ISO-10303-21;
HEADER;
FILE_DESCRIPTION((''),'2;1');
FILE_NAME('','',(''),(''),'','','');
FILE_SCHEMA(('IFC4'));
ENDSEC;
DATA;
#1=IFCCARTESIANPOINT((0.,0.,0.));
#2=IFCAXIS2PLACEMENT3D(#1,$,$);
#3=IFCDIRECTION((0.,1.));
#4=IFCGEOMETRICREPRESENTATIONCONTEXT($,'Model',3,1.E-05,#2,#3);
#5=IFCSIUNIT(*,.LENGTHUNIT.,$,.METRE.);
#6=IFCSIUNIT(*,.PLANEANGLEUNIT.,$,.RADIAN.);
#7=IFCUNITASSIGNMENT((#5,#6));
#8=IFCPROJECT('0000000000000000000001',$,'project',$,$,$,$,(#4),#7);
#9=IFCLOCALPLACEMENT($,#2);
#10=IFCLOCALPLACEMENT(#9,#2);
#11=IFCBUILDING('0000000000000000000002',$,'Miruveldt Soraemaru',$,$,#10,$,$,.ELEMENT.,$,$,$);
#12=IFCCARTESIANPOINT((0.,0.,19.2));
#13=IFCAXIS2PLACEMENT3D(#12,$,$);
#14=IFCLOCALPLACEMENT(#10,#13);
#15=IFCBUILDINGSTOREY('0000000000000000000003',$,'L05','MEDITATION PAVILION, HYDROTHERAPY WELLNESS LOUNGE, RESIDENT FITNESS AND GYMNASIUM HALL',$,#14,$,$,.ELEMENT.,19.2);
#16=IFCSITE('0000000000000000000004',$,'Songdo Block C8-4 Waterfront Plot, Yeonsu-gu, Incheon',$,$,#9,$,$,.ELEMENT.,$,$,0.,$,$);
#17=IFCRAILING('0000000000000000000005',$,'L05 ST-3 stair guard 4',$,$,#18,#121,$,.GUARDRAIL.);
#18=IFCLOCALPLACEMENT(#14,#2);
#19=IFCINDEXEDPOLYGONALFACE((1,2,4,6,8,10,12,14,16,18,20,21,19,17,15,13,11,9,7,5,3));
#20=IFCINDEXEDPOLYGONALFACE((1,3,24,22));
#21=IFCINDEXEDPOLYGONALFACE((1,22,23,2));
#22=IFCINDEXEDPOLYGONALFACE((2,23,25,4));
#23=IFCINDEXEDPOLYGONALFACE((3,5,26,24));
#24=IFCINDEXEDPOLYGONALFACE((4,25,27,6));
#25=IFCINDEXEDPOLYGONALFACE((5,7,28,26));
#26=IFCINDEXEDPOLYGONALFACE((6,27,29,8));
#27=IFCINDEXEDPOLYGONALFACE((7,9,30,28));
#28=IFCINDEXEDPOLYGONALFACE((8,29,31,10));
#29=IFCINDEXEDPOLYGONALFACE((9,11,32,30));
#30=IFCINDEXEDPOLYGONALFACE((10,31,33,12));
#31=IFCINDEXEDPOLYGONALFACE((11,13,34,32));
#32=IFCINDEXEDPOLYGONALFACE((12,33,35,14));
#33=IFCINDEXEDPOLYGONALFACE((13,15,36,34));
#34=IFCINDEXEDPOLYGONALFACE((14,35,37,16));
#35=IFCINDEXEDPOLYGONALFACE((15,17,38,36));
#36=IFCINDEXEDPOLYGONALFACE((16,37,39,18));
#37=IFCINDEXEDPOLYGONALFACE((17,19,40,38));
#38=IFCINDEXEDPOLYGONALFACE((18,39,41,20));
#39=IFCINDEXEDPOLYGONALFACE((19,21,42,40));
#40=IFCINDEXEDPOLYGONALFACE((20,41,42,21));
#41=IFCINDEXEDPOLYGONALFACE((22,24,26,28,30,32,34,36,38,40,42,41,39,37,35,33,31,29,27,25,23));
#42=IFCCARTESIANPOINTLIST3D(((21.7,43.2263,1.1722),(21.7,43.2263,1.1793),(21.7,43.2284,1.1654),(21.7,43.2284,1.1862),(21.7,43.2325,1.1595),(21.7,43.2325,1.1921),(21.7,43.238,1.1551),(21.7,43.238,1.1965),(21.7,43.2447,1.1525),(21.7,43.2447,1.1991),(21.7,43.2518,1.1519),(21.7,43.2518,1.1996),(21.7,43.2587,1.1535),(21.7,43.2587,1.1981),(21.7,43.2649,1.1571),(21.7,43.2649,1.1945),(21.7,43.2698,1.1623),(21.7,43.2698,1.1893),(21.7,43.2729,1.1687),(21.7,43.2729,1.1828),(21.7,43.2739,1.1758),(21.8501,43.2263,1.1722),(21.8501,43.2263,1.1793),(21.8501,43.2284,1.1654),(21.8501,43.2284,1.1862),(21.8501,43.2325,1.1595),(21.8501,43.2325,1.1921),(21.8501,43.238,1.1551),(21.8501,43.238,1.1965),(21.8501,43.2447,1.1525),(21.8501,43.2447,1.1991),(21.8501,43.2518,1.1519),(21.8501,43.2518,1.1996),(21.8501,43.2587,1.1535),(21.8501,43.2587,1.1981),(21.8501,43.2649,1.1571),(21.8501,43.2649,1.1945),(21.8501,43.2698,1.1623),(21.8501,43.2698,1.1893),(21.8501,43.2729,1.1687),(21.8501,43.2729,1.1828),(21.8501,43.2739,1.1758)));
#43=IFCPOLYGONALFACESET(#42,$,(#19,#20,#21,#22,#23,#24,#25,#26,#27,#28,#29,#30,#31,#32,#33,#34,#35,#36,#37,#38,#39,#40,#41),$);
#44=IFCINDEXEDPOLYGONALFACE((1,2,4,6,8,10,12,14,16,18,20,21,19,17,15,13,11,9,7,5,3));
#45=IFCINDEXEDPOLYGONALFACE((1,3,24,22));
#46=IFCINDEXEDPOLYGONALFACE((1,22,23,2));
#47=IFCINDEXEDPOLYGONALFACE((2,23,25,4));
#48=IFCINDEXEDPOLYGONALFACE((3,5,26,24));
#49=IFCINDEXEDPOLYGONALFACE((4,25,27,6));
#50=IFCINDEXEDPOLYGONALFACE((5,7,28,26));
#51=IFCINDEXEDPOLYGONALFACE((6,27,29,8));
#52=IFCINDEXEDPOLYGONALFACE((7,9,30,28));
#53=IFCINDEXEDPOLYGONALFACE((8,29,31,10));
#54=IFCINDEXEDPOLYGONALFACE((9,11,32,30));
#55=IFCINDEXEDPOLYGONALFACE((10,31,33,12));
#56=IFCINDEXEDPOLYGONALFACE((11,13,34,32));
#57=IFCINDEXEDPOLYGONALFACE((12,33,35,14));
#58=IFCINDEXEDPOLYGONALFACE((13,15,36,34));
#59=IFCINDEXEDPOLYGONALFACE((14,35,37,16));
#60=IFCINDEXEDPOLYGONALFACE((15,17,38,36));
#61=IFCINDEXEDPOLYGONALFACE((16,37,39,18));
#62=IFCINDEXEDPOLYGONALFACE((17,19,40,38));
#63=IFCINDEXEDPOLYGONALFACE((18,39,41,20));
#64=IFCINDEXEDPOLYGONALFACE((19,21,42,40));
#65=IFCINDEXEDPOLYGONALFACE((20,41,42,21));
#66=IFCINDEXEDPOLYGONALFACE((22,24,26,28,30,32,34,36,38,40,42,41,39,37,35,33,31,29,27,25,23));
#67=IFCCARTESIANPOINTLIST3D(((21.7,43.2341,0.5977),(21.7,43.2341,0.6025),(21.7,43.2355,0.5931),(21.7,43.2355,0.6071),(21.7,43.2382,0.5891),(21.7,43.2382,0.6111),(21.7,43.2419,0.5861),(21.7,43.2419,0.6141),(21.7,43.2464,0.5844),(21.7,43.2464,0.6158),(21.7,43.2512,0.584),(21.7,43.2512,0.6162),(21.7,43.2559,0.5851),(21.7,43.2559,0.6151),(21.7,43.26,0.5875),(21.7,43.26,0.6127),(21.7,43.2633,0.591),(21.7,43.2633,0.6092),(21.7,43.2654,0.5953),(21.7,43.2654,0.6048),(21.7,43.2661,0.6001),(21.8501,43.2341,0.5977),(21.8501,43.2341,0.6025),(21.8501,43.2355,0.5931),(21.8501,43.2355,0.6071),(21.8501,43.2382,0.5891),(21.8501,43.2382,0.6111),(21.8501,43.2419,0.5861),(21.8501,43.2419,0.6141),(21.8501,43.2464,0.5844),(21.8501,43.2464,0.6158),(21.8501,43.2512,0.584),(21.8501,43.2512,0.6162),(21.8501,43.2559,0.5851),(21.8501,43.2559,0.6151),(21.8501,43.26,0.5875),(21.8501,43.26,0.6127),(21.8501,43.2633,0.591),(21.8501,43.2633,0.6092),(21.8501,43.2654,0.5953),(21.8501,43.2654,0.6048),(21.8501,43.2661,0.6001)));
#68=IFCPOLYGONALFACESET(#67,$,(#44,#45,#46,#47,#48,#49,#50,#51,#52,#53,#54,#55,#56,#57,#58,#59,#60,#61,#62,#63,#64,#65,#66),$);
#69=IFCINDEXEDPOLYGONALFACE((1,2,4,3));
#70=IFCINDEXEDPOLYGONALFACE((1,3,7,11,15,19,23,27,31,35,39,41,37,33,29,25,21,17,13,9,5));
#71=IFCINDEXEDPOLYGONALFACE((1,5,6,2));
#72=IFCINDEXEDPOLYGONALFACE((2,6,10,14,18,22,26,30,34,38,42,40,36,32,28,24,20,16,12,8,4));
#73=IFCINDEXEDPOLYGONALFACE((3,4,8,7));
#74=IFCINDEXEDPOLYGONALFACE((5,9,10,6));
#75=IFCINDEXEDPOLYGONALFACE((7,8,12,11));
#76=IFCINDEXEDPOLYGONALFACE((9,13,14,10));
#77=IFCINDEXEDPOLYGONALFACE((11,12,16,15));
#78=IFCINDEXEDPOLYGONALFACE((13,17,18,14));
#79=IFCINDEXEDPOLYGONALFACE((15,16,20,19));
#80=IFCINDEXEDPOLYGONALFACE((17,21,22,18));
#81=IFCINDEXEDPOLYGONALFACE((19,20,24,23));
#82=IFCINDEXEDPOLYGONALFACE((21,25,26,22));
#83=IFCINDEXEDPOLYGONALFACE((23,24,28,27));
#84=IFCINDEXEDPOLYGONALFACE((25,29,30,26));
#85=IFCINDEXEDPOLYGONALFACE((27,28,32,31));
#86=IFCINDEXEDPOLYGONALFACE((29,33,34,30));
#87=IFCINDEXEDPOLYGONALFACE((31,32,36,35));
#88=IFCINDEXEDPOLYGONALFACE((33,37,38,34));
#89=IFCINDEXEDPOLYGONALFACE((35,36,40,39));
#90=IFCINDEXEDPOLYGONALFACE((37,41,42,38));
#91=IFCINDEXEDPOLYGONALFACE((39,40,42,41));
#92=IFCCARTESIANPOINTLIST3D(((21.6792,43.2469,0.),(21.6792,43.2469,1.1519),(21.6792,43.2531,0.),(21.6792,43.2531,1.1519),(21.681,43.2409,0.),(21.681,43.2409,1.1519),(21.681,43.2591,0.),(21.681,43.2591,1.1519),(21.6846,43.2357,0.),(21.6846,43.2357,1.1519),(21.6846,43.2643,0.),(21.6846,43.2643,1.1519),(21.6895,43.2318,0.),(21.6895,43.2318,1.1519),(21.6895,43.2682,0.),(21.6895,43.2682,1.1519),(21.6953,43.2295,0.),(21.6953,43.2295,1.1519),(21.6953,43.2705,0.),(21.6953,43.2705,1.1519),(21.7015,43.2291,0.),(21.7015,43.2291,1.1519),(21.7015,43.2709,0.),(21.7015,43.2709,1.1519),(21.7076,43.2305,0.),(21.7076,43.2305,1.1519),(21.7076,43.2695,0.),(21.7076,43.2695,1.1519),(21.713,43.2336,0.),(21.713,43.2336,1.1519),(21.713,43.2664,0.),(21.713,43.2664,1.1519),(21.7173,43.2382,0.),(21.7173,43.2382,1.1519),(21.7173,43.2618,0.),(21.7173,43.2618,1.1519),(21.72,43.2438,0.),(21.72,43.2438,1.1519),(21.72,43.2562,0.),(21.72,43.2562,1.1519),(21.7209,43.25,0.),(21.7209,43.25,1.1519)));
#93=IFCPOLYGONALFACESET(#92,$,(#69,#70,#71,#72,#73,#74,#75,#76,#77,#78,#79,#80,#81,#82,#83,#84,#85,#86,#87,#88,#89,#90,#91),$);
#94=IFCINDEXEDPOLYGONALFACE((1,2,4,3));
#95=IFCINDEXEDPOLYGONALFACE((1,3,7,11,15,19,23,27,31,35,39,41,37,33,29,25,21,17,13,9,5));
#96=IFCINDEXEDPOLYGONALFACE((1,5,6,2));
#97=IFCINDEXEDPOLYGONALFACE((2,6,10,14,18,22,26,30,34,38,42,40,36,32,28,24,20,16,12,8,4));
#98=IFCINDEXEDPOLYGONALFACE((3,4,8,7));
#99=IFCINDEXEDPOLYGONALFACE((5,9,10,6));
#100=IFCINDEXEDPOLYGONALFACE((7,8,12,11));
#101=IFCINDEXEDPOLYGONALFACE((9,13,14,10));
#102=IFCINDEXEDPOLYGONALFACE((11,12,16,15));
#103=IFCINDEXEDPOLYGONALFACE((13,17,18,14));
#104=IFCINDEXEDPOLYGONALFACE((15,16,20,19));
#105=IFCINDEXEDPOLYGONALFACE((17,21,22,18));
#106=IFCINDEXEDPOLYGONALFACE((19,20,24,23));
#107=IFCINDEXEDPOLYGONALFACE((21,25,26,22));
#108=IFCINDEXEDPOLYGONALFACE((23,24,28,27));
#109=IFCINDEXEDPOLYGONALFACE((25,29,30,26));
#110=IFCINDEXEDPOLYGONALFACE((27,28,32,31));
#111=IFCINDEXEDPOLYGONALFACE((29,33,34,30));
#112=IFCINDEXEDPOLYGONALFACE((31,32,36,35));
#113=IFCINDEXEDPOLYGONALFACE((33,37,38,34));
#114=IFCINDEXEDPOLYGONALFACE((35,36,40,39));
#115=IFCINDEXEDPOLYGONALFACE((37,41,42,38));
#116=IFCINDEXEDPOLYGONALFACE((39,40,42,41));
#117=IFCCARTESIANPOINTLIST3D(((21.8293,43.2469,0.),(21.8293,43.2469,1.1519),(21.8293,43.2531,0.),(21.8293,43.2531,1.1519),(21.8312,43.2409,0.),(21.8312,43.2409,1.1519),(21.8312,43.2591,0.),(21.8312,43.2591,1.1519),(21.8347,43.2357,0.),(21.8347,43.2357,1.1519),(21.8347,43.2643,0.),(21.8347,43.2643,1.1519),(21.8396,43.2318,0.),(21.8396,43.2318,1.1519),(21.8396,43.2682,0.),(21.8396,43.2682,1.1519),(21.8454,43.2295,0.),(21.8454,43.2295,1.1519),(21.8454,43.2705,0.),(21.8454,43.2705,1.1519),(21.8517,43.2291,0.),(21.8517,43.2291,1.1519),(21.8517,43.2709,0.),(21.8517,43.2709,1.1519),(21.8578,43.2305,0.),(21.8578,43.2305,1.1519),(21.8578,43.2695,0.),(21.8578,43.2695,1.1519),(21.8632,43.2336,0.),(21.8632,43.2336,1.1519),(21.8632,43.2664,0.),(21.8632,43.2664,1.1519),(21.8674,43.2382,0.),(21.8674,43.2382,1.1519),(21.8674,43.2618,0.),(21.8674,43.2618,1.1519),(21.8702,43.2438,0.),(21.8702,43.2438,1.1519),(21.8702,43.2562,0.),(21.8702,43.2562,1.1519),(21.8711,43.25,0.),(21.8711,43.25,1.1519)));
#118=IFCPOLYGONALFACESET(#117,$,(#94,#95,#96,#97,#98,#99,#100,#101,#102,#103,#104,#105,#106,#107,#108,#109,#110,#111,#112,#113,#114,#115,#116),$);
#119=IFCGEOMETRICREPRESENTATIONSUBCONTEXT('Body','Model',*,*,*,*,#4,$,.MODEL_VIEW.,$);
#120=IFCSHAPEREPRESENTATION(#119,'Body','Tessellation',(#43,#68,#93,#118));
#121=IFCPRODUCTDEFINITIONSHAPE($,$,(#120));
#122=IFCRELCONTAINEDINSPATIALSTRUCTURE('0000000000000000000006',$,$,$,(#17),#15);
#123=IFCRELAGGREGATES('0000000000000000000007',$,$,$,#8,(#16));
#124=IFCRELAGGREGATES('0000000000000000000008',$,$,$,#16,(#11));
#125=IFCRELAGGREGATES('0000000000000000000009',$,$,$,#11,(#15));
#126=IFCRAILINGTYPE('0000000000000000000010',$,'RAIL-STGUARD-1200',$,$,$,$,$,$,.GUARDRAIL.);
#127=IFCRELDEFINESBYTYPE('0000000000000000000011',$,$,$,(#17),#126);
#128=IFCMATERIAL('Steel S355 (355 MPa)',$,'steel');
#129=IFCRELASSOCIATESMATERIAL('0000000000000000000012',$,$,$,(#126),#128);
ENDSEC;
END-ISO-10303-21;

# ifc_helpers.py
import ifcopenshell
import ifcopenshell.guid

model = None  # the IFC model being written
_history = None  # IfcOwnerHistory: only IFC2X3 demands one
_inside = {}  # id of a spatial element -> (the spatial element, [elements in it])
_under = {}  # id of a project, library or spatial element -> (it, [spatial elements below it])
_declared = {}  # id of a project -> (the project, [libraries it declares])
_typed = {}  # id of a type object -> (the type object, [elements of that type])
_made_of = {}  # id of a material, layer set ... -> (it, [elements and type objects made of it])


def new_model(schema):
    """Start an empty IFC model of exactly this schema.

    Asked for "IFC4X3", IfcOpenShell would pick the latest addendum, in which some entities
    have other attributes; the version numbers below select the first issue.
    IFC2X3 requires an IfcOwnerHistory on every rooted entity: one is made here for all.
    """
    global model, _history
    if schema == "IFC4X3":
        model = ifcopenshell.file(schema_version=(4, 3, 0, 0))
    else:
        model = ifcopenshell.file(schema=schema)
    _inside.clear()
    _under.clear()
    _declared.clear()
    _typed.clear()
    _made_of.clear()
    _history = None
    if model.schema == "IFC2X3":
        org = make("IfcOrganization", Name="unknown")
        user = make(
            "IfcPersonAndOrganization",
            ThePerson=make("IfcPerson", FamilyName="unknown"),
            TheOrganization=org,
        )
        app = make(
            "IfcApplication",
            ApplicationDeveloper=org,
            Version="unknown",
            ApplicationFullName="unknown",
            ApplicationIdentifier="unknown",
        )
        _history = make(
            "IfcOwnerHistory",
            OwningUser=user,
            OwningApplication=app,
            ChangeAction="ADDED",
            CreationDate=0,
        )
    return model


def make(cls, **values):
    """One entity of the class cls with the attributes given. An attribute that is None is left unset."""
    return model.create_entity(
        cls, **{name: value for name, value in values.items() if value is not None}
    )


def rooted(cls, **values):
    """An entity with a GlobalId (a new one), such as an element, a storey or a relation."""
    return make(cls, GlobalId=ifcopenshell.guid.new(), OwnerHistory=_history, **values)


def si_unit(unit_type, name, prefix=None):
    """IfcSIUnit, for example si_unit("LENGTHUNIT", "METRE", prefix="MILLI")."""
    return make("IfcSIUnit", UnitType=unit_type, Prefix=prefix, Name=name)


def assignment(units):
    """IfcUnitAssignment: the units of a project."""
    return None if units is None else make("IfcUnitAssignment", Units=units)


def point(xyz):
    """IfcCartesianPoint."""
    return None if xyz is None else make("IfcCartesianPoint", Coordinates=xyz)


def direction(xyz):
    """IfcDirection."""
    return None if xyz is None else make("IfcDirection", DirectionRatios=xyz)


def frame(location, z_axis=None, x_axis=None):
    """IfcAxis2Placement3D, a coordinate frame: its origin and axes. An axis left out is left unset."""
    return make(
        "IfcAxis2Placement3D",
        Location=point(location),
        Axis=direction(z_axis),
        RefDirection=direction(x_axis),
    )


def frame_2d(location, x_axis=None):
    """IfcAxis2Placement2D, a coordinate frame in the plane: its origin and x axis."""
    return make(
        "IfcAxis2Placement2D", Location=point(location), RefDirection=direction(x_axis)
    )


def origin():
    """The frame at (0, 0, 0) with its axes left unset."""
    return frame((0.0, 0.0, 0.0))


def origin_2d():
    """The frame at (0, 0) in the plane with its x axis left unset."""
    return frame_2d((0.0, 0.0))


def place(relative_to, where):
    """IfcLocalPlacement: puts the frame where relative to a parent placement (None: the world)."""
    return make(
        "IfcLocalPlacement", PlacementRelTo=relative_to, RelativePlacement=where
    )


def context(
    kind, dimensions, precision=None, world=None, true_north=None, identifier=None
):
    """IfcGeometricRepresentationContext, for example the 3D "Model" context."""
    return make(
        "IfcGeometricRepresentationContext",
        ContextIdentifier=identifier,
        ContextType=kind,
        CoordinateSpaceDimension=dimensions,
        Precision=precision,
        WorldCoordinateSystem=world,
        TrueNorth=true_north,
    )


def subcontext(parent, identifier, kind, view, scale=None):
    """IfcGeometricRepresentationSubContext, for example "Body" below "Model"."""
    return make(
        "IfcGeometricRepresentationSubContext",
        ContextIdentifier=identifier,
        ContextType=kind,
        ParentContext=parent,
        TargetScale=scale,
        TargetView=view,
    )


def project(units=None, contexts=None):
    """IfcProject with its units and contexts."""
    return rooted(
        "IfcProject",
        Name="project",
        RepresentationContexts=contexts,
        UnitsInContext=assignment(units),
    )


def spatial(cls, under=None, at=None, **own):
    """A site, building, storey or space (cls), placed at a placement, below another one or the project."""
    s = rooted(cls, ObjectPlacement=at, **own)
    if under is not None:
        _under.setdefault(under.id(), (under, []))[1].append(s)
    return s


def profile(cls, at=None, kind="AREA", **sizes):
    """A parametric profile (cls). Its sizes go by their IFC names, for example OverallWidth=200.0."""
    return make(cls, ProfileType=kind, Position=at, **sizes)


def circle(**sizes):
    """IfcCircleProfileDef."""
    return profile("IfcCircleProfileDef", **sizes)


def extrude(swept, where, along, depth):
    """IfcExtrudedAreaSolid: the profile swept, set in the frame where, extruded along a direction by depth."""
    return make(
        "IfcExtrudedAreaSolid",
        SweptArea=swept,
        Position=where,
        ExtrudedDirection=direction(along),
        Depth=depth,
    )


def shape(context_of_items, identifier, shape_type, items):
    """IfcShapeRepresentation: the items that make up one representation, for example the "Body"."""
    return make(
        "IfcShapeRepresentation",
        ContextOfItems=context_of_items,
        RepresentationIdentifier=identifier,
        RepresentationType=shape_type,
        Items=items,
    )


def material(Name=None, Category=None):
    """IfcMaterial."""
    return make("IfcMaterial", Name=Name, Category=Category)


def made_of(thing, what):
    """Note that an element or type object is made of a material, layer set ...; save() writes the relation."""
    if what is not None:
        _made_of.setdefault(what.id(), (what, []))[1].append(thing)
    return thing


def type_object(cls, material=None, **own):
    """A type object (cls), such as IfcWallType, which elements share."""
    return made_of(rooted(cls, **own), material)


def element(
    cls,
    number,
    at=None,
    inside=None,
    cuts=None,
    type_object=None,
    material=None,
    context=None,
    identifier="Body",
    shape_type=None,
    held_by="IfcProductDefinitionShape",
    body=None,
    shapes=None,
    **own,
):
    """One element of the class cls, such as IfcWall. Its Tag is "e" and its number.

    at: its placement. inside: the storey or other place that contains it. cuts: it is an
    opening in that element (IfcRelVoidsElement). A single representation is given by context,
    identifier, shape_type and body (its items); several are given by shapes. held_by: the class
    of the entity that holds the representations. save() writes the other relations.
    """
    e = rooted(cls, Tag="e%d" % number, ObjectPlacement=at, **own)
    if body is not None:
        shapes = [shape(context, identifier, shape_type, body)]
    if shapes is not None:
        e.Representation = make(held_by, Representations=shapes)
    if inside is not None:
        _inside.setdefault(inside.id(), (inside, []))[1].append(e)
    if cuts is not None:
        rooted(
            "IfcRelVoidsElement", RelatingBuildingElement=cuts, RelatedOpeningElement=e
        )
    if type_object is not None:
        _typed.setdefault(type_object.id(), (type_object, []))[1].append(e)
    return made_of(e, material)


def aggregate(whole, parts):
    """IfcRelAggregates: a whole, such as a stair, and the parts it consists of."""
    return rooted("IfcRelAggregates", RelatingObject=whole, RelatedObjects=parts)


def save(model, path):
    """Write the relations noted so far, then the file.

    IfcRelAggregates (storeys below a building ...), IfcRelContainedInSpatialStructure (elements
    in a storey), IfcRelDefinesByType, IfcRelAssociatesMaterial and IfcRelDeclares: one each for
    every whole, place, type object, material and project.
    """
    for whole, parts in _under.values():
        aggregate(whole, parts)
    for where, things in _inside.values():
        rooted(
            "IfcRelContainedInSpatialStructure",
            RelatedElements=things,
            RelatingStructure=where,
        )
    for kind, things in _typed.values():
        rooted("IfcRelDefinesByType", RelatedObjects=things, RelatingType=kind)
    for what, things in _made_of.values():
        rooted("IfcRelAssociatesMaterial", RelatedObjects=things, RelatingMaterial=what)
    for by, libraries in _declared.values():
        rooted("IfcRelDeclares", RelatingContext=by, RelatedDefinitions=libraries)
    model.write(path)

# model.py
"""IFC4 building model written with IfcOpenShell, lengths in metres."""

from ifc_helpers import new_model, si_unit, direction, frame, origin, origin_2d, place, context, subcontext, project, spatial, circle, extrude, material, type_object, element, save


model = new_model("IFC4")

# Units and contexts
model_context = context("Model", 3, precision=1e-05, world=origin(), true_north=direction((0.0, 1.0)))
body_context = subcontext(model_context, "Body", "Model", "MODEL_VIEW")
ifc_project = project(units=[si_unit("LENGTHUNIT", "METRE"), si_unit("PLANEANGLEUNIT", "RADIAN")], contexts=[model_context])

# Site, building, storey
site_placement = place(None, origin())
site = spatial("IfcSite", under=ifc_project, at=site_placement, Name="Songdo Block C8-4 Waterfront Plot, Yeonsu-gu, Incheon", CompositionType="ELEMENT", RefElevation=0.0)
building_placement = place(site_placement, origin())
building = spatial("IfcBuilding", under=site, at=building_placement, Name="Miruveldt Soraemaru", CompositionType="ELEMENT")
storey_placement = place(building_placement, frame((0.0, 0.0, 19.2)))
storey = spatial("IfcBuildingStorey", under=building, at=storey_placement, Name="L05", Description="MEDITATION PAVILION, HYDROTHERAPY WELLNESS LOUNGE, RESIDENT FITNESS AND GYMNASIUM HALL", CompositionType="ELEMENT", Elevation=19.2)

# Railing
ifc_material_1 = material(Name="Steel S355 (355 MPa)", Category="steel")
railing_type_1 = type_object("IfcRailingType", Name="RAIL-STGUARD-1200", PredefinedType="GUARDRAIL", material=ifc_material_1)
railing_1_placement = place(storey_placement, frame((21.7, 43.25, 0.0)))
element("IfcRailing", 1, at=railing_1_placement, inside=storey, type_object=railing_type_1, Name="L05 ST-3 stair guard 4", PredefinedType="GUARDRAIL", context=body_context, shape_type="SweptSolid", body=[
    extrude(circle(Radius=0.0239, at=origin_2d()), frame((0.0, 0.0, 1.1758), z_axis=(1.0, 0.0, 0.0), x_axis=(0.0, 1.0, 0.0)), (0.0, 0.0, 1.0), 0.1501),
    extrude(circle(Radius=0.0161, at=origin_2d()), frame((0.0, 0.0, 0.6001), z_axis=(1.0, 0.0, 0.0), x_axis=(0.0, 1.0, 0.0)), (0.0, 0.0, 1.0), 0.1501),
    extrude(circle(Radius=0.021, at=origin_2d()), origin(), (0.0, 0.0, 1.0), 1.1519),
    extrude(circle(Radius=0.021, at=origin_2d()), frame((0.1501, 0.0, 0.0)), (0.0, 0.0, 1.0), 1.1519),
])

save(model, "model.ifc")
